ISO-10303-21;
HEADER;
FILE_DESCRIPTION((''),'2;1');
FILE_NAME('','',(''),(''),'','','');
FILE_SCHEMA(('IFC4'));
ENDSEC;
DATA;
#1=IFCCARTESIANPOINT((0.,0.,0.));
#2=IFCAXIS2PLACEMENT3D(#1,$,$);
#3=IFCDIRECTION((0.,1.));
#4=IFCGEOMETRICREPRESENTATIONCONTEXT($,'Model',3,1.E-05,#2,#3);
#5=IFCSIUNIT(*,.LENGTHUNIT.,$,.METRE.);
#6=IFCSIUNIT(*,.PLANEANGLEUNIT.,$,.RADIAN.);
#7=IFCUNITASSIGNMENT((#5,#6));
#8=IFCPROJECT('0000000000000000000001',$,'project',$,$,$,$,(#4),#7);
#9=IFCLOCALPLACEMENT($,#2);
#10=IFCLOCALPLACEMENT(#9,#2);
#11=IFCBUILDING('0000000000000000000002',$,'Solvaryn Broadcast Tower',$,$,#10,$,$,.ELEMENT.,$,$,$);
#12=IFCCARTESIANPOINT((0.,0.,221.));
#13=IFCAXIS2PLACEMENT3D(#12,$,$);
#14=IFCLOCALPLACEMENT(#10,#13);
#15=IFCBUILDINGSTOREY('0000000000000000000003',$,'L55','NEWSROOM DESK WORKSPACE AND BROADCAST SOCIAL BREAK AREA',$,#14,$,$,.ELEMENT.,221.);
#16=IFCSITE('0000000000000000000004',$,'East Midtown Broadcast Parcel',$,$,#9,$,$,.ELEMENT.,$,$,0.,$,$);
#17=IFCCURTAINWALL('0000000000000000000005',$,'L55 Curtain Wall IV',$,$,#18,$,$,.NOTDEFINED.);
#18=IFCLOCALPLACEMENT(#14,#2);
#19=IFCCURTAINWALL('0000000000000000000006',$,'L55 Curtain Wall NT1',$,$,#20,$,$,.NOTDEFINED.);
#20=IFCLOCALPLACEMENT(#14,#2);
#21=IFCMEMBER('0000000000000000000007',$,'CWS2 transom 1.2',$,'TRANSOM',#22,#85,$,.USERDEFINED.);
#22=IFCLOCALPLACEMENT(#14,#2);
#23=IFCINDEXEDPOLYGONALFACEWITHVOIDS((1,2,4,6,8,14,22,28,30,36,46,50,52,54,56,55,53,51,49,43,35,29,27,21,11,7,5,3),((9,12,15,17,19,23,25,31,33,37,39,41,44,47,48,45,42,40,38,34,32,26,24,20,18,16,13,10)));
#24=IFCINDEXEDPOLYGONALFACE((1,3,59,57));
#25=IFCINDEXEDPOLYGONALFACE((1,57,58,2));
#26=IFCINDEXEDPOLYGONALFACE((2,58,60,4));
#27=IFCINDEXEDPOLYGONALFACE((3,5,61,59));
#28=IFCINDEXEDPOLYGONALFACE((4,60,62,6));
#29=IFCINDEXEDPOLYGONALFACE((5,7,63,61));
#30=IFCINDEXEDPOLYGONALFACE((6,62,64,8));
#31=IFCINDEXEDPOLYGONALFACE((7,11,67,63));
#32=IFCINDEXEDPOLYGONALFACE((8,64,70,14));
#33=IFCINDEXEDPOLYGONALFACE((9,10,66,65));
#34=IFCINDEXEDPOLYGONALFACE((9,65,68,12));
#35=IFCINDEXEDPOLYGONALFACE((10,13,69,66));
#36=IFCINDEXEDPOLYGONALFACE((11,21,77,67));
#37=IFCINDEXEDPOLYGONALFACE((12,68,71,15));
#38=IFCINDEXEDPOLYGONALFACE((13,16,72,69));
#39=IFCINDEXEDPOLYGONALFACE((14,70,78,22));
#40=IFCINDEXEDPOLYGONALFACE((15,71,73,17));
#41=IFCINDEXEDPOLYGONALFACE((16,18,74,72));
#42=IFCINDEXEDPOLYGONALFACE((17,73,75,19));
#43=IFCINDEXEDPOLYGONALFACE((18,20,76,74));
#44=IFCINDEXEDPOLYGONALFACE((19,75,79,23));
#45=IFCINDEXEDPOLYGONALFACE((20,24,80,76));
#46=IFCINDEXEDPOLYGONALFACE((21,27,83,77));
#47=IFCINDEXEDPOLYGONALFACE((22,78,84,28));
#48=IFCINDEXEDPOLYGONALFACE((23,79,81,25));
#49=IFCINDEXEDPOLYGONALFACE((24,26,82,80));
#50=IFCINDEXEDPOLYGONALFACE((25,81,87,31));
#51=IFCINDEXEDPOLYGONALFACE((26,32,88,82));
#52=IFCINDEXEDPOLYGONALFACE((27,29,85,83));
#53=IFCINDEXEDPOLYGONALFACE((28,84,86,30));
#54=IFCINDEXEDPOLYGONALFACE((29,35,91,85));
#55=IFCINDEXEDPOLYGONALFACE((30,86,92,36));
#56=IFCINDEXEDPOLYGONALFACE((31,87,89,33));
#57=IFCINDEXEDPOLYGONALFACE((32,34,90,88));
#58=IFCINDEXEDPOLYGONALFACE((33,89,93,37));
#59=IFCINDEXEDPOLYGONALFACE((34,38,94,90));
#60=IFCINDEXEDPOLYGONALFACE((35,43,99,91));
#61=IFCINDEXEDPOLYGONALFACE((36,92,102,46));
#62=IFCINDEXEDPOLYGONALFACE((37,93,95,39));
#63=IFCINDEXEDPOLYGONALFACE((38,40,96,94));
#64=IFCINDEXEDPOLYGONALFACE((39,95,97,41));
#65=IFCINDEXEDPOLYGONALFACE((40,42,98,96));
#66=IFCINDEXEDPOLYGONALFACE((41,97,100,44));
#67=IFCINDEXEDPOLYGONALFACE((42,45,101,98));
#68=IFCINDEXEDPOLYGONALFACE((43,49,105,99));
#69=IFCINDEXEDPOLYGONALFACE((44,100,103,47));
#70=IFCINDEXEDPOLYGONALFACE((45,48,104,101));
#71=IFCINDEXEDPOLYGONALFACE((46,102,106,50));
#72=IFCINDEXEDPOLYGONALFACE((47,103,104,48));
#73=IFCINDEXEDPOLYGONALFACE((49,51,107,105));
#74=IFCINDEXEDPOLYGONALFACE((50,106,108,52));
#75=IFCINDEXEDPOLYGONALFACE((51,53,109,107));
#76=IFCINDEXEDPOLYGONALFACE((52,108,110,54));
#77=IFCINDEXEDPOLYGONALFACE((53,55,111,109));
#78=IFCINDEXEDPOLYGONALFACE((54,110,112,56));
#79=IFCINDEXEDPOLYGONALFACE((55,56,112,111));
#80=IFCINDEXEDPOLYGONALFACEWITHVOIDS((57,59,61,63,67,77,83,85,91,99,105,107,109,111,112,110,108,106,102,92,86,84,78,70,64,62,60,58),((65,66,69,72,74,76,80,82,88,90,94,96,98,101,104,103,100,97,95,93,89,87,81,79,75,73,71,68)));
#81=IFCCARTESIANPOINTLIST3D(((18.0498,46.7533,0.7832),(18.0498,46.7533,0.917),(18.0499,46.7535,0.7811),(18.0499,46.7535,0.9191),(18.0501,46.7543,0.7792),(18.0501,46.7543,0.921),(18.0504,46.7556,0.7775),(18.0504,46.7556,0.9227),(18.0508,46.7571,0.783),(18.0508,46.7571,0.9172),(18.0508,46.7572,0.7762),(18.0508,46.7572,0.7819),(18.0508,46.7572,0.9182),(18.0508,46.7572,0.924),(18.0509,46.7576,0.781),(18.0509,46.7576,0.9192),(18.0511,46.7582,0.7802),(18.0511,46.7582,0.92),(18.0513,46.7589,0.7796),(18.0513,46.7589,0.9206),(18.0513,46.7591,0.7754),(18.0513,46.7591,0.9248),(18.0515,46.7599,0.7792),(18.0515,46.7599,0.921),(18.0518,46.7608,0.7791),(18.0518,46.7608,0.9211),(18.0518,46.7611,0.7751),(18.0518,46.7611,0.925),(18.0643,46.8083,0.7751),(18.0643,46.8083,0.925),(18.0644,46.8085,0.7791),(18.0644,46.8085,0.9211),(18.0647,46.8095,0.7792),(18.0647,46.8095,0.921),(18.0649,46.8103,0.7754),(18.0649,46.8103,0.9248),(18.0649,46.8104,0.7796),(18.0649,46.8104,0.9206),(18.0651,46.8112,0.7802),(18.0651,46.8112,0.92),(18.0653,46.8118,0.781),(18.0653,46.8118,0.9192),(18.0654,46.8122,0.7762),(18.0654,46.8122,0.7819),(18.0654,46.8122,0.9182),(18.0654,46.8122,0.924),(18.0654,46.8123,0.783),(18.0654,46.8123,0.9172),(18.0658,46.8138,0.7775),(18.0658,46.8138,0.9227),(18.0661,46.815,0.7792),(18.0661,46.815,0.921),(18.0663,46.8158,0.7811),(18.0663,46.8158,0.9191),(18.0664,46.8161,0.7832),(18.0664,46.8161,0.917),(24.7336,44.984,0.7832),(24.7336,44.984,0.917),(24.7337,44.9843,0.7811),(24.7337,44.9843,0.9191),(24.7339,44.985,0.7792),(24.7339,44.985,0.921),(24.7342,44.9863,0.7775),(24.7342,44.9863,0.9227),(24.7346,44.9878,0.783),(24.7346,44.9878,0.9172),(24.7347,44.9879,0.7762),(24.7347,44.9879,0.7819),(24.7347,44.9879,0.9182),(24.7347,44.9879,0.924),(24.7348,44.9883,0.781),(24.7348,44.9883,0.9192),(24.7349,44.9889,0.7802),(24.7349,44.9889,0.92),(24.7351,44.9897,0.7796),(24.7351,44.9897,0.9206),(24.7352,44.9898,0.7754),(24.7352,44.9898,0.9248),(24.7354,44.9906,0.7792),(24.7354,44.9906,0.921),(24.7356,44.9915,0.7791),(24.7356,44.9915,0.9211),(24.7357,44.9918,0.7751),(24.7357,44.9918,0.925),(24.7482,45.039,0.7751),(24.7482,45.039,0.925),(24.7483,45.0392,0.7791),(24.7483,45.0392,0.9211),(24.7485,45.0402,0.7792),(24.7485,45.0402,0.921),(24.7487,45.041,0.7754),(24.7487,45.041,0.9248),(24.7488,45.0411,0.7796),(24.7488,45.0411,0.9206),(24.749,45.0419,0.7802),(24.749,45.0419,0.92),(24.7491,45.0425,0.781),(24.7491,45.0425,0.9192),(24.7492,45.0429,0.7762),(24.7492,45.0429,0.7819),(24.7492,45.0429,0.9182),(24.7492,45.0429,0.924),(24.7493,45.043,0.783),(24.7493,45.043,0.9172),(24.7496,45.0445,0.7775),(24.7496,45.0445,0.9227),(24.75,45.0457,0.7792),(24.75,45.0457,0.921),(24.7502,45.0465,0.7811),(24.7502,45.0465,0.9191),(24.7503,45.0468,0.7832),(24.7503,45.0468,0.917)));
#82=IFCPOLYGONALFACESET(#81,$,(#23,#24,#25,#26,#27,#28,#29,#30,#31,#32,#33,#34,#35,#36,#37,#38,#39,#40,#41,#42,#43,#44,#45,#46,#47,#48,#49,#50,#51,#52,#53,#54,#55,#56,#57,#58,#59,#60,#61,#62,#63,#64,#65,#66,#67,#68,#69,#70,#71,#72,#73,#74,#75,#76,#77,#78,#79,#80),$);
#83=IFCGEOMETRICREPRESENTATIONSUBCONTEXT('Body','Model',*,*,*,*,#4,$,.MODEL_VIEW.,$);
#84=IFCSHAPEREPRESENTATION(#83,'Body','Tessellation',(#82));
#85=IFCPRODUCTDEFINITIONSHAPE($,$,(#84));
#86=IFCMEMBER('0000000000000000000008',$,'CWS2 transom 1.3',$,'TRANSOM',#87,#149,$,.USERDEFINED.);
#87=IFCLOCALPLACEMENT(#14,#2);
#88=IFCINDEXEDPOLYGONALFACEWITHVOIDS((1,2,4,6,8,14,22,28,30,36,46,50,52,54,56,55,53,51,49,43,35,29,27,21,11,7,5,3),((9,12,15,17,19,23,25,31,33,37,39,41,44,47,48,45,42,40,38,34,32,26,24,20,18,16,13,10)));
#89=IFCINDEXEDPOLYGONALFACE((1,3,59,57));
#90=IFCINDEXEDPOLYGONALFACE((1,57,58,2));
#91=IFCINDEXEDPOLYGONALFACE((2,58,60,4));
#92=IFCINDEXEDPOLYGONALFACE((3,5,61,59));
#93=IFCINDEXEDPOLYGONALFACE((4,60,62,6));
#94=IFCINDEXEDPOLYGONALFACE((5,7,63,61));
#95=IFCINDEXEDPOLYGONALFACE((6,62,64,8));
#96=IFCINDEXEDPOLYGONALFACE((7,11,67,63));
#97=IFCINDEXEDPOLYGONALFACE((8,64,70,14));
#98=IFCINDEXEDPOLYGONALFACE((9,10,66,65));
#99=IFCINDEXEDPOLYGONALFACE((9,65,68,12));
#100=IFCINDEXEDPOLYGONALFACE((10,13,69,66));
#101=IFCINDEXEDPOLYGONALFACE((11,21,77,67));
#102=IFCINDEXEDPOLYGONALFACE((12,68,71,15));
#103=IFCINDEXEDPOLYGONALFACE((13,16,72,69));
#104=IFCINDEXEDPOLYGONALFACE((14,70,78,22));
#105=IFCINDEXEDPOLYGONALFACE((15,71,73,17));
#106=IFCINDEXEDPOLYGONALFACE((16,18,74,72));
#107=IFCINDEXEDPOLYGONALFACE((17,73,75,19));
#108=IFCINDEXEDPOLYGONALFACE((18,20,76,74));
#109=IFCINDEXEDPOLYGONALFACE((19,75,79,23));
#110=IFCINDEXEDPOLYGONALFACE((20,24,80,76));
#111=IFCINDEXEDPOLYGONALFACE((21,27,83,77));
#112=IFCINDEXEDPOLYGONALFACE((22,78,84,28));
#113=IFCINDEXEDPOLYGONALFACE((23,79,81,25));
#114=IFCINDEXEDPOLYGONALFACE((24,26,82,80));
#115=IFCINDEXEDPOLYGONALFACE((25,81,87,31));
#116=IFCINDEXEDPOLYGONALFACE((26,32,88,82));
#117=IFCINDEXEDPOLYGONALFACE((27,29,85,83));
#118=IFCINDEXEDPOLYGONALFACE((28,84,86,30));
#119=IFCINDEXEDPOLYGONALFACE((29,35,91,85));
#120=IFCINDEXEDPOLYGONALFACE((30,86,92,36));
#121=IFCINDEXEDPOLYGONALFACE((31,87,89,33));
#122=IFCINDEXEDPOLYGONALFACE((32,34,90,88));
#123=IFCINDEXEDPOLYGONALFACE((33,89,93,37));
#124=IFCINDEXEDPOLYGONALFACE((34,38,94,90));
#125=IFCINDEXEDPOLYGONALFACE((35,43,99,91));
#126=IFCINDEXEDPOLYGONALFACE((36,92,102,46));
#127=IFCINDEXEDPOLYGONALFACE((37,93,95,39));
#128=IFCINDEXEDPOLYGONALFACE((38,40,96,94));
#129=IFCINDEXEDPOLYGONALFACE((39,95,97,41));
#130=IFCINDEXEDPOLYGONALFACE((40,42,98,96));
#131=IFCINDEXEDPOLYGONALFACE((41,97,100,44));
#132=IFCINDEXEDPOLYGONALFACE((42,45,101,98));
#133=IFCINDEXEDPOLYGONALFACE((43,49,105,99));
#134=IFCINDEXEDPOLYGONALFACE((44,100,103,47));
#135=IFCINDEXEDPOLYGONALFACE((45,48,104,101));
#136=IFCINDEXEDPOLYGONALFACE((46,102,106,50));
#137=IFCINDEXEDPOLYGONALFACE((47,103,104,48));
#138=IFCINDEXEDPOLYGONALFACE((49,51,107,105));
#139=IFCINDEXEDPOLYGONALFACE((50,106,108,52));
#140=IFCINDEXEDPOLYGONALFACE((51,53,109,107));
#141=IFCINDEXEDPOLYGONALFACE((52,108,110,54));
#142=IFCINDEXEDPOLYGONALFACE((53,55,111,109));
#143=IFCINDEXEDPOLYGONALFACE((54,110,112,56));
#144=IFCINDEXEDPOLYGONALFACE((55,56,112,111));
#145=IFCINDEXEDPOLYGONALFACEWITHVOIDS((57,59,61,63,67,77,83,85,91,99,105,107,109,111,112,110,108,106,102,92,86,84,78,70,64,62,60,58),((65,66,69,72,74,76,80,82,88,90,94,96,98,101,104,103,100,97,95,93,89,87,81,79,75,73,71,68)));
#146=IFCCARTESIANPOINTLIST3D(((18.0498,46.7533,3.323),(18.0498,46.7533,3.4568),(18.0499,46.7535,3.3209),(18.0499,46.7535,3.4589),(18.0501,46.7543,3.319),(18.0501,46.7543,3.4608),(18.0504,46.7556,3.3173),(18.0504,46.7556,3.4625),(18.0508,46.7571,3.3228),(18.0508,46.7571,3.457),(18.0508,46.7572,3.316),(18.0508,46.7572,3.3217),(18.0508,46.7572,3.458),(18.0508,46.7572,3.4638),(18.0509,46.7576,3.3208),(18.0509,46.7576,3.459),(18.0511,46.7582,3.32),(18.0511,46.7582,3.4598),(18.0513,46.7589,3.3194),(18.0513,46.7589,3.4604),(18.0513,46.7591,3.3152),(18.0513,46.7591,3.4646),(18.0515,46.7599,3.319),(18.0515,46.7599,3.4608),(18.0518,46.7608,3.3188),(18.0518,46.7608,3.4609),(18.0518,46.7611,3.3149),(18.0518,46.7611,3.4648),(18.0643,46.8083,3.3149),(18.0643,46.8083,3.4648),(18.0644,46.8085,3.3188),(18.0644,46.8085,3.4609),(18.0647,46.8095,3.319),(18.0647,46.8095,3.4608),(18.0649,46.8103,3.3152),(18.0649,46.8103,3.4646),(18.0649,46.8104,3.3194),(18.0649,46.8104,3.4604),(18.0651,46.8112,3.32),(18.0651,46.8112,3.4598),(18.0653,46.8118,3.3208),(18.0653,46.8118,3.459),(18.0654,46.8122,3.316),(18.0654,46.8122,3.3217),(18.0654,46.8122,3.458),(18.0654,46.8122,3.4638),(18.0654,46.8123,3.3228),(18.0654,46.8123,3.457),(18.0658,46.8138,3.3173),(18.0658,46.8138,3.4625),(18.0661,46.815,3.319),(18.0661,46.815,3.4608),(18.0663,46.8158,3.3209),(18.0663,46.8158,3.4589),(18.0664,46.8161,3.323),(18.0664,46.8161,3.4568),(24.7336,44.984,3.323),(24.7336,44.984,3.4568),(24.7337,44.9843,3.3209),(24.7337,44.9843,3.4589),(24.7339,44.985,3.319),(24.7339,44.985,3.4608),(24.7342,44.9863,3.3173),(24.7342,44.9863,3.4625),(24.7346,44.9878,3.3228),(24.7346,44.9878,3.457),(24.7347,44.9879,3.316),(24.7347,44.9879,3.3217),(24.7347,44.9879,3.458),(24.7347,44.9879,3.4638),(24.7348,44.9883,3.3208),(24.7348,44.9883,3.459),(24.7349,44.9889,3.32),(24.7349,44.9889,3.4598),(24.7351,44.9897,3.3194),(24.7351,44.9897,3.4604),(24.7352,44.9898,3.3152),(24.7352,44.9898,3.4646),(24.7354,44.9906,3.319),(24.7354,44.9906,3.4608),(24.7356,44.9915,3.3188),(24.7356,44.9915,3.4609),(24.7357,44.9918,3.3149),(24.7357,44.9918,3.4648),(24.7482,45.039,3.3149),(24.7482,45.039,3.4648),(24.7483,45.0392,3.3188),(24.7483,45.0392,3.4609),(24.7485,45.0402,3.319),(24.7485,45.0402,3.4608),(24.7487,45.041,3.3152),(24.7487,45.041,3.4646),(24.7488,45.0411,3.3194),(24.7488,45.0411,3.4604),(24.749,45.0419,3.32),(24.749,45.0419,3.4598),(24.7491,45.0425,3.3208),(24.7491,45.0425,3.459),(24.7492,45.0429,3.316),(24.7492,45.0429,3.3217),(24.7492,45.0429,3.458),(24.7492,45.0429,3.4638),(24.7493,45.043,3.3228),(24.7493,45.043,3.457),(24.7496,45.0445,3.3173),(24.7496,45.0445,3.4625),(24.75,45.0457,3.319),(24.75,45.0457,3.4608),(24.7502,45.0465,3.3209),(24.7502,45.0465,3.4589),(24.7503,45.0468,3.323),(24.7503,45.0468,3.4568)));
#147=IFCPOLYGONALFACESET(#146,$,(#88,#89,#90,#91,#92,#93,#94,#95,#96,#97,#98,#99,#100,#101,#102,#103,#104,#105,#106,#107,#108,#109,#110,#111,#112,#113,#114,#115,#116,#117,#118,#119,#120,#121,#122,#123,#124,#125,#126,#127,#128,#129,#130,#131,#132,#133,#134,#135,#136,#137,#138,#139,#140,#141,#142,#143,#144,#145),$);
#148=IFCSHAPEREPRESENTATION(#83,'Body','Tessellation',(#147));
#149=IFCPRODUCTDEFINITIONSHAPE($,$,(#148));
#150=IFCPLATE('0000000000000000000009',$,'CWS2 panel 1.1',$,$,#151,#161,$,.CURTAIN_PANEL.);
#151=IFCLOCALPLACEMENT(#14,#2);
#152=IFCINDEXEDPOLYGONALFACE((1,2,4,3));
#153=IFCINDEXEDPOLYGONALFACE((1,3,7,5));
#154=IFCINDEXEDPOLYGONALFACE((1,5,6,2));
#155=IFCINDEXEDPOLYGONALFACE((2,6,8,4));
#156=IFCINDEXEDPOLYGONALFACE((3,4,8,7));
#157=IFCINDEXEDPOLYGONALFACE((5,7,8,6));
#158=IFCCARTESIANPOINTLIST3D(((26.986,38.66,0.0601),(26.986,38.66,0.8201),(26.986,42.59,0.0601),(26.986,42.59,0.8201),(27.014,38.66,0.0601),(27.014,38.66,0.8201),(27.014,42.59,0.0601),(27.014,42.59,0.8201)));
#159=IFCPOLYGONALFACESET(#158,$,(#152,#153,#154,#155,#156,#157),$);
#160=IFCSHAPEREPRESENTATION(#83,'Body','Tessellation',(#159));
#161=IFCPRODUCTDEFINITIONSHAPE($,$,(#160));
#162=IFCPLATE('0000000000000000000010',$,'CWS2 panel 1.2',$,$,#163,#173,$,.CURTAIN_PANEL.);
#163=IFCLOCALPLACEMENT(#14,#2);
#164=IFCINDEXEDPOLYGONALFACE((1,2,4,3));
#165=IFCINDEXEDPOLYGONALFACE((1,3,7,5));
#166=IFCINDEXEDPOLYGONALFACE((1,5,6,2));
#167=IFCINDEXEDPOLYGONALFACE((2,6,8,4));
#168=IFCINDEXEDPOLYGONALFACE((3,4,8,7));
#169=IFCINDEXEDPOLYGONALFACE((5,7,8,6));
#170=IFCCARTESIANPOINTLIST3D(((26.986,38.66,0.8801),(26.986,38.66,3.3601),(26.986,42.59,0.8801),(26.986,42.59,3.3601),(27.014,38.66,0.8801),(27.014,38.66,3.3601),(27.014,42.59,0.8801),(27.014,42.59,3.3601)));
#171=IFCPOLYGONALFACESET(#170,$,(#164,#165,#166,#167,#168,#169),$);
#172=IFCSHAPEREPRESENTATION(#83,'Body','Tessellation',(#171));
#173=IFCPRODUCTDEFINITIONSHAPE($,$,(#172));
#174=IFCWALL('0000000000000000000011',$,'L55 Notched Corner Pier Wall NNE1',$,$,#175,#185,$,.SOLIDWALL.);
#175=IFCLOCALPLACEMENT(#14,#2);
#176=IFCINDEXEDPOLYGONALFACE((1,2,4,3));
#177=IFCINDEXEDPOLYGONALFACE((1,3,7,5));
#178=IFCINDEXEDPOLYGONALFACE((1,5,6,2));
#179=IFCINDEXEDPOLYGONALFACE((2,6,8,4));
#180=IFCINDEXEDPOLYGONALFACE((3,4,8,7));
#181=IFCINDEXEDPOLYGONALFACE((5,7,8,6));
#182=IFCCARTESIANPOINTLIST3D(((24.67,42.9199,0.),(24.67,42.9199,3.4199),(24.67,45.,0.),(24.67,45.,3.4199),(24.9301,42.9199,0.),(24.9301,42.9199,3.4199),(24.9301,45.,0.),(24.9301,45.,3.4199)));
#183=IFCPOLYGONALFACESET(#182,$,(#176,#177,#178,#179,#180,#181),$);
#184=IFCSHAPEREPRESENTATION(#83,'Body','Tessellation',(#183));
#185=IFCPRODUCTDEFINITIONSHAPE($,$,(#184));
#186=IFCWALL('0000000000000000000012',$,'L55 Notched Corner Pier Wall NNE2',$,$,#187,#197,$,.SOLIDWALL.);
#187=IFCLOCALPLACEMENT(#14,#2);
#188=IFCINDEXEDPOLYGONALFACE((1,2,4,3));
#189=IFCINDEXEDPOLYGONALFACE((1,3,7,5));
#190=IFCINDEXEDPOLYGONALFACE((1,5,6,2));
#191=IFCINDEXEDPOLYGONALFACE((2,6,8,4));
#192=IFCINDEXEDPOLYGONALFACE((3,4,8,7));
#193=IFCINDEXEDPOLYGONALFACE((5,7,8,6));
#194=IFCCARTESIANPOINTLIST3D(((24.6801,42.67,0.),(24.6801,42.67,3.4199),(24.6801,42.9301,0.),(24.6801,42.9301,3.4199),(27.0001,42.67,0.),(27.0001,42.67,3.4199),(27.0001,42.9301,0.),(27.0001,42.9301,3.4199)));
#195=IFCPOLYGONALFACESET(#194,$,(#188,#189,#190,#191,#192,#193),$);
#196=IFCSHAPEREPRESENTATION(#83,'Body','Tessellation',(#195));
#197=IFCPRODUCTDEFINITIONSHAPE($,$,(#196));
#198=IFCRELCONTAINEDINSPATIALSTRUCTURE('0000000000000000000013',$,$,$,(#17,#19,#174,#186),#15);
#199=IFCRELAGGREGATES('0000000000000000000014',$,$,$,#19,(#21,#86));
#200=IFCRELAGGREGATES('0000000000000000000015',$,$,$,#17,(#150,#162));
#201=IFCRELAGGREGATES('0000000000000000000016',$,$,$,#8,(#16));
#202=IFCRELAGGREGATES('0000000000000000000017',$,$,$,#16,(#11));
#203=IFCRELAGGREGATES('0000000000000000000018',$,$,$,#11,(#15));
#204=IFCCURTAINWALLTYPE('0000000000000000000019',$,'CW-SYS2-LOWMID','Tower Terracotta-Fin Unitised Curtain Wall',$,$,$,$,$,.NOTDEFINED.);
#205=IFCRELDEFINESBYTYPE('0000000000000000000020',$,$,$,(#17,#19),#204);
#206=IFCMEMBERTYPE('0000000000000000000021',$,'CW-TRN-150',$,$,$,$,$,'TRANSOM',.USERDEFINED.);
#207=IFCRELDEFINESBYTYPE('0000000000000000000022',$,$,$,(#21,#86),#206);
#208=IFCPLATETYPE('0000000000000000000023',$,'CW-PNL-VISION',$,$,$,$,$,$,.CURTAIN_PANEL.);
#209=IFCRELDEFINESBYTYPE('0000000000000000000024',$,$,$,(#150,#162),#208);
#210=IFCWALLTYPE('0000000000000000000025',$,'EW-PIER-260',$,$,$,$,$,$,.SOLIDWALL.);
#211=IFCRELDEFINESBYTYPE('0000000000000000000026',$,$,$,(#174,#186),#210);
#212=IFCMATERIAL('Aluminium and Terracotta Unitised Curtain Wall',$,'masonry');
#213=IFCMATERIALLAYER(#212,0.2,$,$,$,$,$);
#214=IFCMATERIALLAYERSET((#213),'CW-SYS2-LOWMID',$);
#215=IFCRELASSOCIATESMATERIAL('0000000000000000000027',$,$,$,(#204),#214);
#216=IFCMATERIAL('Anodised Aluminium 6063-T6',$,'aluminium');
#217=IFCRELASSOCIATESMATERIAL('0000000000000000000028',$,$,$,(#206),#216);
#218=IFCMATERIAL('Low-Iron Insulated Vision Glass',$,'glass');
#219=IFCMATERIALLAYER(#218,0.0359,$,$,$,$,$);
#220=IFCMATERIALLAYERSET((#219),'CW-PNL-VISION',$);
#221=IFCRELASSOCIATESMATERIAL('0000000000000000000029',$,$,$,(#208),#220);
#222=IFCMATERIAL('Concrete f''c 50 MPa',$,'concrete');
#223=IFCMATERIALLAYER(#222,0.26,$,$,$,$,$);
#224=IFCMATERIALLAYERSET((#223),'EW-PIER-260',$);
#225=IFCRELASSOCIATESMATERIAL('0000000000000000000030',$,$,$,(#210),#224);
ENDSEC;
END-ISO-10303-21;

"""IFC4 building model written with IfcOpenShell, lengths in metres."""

from ifc_helpers import new_model, si_unit, direction, frame, frame_2d, origin, origin_2d, place, context, subcontext, project, spatial, rectangle, hollow_rectangle, extrude, material, layer, layer_set, material_profile, profile_set, type_object, element, aggregate, save


model = new_model("IFC4")

# Units and contexts
model_context = context("Model", 3, precision=1e-05, world=origin(), true_north=direction((0.0, 1.0)))
body_context = subcontext(model_context, "Body", "Model", "MODEL_VIEW")
ifc_project = project(units=[si_unit("LENGTHUNIT", "METRE"), si_unit("PLANEANGLEUNIT", "RADIAN")], contexts=[model_context])

# Site, building, storey
site_placement = place(None, origin())
site = spatial("IfcSite", under=ifc_project, at=site_placement, Name="East Midtown Broadcast Parcel", CompositionType="ELEMENT", RefElevation=0.0)
building_placement = place(site_placement, origin())
building = spatial("IfcBuilding", under=site, at=building_placement, Name="Solvaryn Broadcast Tower", CompositionType="ELEMENT")
storey_placement = place(building_placement, frame((0.0, 0.0, 221.0)))
storey = spatial("IfcBuildingStorey", under=building, at=storey_placement, Name="L55", Description="NEWSROOM DESK WORKSPACE AND BROADCAST SOCIAL BREAK AREA", CompositionType="ELEMENT", Elevation=221.0)

# Curtain wall
ifc_material_1 = material(Name="Aluminium and Terracotta Unitised Curtain Wall", Category="masonry")
ifc_layer_1 = layer(ifc_material_1, 0.2)
ifc_layer_set_1 = layer_set([ifc_layer_1], Name="CW-SYS2-LOWMID")
curtain_wall_type = type_object("IfcCurtainWallType", Name="CW-SYS2-LOWMID", Description="Tower Terracotta-Fin Unitised Curtain Wall", PredefinedType="NOTDEFINED", material=ifc_layer_set_1)
curtain_wall_1_placement = place(storey_placement, origin())
curtain_wall_1 = element("IfcCurtainWall", 1, at=curtain_wall_1_placement, inside=storey, type_object=curtain_wall_type, Name="L55 Curtain Wall IV", PredefinedType="NOTDEFINED")

# Curtain wall
curtain_wall_2_placement = place(storey_placement, origin())
curtain_wall_2 = element("IfcCurtainWall", 2, at=curtain_wall_2_placement, inside=storey, type_object=curtain_wall_type, Name="L55 Curtain Wall NT1", PredefinedType="NOTDEFINED")

# Members
ifc_material_2 = material(Name="Anodised Aluminium 6063-T6", Category="aluminium")
ifc_material_profile_1 = material_profile(ifc_material_2, hollow_rectangle(XDim=0.0649, YDim=0.1499, WallThickness=0.0039, InnerFilletRadius=0.0039, OuterFilletRadius=0.0081, at=origin_2d()))
ifc_profile_set_1 = profile_set([ifc_material_profile_1], Name="Anodised Aluminium 6063-T6")
member_type_1 = type_object("IfcMemberType", Name="CW-TRN-150", ElementType="TRANSOM", PredefinedType="USERDEFINED", material=ifc_profile_set_1)
member_1_placement = place(storey_placement, frame((24.7419, 45.0154, 0.8501), z_axis=(-0.966704, 0.255897, 0.0), x_axis=(-0.255897, -0.966704, 0.0)))
member_1 = element("IfcMember", 3, at=member_1_placement, type_object=member_type_1, Name="CWS2 transom 1.2", ObjectType="TRANSOM", PredefinedType="USERDEFINED", context=body_context, shape_type="SweptSolid", body=[
    extrude(hollow_rectangle(XDim=0.0649, YDim=0.1499, WallThickness=0.0039, InnerFilletRadius=0.0039, OuterFilletRadius=0.0081, at=origin_2d()), origin(), (0.0, 0.0, 1.0), 6.9141),
])
member_2_placement = place(storey_placement, frame((24.7419, 45.0154, 3.3899), z_axis=(-0.966704, 0.255897, 0.0), x_axis=(-0.255897, -0.966704, 0.0)))
member_2 = element("IfcMember", 4, at=member_2_placement, type_object=member_type_1, Name="CWS2 transom 1.3", ObjectType="TRANSOM", PredefinedType="USERDEFINED", context=body_context, shape_type="SweptSolid", body=[
    extrude(hollow_rectangle(XDim=0.0649, YDim=0.1499, WallThickness=0.0039, InnerFilletRadius=0.0039, OuterFilletRadius=0.0081, at=origin_2d()), origin(), (0.0, 0.0, 1.0), 6.9141),
])
aggregate(curtain_wall_2, [member_1, member_2])

# Plates
ifc_material_3 = material(Name="Low-Iron Insulated Vision Glass", Category="glass")
ifc_layer_2 = layer(ifc_material_3, 0.0359)
ifc_layer_set_2 = layer_set([ifc_layer_2], Name="CW-PNL-VISION")
plate_type = type_object("IfcPlateType", Name="CW-PNL-VISION", PredefinedType="CURTAIN_PANEL", material=ifc_layer_set_2)
plate_1_placement = place(storey_placement, frame((27.0, 40.625, 0.0601), z_axis=(0.0, 0.0, 1.0), x_axis=(0.0, -1.0, 0.0)))
plate_1 = element("IfcPlate", 5, at=plate_1_placement, type_object=plate_type, Name="CWS2 panel 1.1", PredefinedType="CURTAIN_PANEL", context=body_context, shape_type="SweptSolid", body=[
    extrude(rectangle(XDim=3.9299, YDim=0.0281, at=origin_2d()), origin(), (0.0, 0.0, 1.0), 0.76),
])
plate_2_placement = place(storey_placement, frame((27.0, 40.625, 0.8801), z_axis=(0.0, 0.0, 1.0), x_axis=(0.0, -1.0, 0.0)))
plate_2 = element("IfcPlate", 6, at=plate_2_placement, type_object=plate_type, Name="CWS2 panel 1.2", PredefinedType="CURTAIN_PANEL", context=body_context, shape_type="SweptSolid", body=[
    extrude(rectangle(XDim=3.9299, YDim=0.0281, at=origin_2d()), origin(), (0.0, 0.0, 1.0), 2.48),
])
aggregate(curtain_wall_1, [plate_1, plate_2])

# Walls
ifc_material_4 = material(Name="Concrete f'c 50 MPa", Category="concrete")
ifc_layer_3 = layer(ifc_material_4, 0.26)
ifc_layer_set_3 = layer_set([ifc_layer_3], Name="EW-PIER-260")
wall_type_1 = type_object("IfcWallType", Name="EW-PIER-260", PredefinedType="SOLIDWALL", material=ifc_layer_set_3)
wall_1_placement = place(storey_placement, frame((24.8, 45.0, 0.0), z_axis=(0.0, 0.0, 1.0), x_axis=(0.0, -1.0, 0.0)))
element("IfcWall", 7, at=wall_1_placement, inside=storey, type_object=wall_type_1, Name="L55 Notched Corner Pier Wall NNE1", PredefinedType="SOLIDWALL", context=body_context, shape_type="SweptSolid", body=[
    extrude(rectangle(XDim=2.0801, YDim=0.26, at=frame_2d((1.04, 0.0))), origin(), (0.0, 0.0, 1.0), 3.4199),
])
wall_2_placement = place(storey_placement, frame((24.6799, 42.8, 0.0), z_axis=(0.0, 0.0, 1.0), x_axis=(1.0, 0.0, 0.0)))
element("IfcWall", 8, at=wall_2_placement, inside=storey, type_object=wall_type_1, Name="L55 Notched Corner Pier Wall NNE2", PredefinedType="SOLIDWALL", context=body_context, shape_type="SweptSolid", body=[
    extrude(rectangle(XDim=2.3201, YDim=0.26, at=frame_2d((1.1602, 0.0))), origin(), (0.0, 0.0, 1.0), 3.4199),
])

save(model, "model.ifc")
